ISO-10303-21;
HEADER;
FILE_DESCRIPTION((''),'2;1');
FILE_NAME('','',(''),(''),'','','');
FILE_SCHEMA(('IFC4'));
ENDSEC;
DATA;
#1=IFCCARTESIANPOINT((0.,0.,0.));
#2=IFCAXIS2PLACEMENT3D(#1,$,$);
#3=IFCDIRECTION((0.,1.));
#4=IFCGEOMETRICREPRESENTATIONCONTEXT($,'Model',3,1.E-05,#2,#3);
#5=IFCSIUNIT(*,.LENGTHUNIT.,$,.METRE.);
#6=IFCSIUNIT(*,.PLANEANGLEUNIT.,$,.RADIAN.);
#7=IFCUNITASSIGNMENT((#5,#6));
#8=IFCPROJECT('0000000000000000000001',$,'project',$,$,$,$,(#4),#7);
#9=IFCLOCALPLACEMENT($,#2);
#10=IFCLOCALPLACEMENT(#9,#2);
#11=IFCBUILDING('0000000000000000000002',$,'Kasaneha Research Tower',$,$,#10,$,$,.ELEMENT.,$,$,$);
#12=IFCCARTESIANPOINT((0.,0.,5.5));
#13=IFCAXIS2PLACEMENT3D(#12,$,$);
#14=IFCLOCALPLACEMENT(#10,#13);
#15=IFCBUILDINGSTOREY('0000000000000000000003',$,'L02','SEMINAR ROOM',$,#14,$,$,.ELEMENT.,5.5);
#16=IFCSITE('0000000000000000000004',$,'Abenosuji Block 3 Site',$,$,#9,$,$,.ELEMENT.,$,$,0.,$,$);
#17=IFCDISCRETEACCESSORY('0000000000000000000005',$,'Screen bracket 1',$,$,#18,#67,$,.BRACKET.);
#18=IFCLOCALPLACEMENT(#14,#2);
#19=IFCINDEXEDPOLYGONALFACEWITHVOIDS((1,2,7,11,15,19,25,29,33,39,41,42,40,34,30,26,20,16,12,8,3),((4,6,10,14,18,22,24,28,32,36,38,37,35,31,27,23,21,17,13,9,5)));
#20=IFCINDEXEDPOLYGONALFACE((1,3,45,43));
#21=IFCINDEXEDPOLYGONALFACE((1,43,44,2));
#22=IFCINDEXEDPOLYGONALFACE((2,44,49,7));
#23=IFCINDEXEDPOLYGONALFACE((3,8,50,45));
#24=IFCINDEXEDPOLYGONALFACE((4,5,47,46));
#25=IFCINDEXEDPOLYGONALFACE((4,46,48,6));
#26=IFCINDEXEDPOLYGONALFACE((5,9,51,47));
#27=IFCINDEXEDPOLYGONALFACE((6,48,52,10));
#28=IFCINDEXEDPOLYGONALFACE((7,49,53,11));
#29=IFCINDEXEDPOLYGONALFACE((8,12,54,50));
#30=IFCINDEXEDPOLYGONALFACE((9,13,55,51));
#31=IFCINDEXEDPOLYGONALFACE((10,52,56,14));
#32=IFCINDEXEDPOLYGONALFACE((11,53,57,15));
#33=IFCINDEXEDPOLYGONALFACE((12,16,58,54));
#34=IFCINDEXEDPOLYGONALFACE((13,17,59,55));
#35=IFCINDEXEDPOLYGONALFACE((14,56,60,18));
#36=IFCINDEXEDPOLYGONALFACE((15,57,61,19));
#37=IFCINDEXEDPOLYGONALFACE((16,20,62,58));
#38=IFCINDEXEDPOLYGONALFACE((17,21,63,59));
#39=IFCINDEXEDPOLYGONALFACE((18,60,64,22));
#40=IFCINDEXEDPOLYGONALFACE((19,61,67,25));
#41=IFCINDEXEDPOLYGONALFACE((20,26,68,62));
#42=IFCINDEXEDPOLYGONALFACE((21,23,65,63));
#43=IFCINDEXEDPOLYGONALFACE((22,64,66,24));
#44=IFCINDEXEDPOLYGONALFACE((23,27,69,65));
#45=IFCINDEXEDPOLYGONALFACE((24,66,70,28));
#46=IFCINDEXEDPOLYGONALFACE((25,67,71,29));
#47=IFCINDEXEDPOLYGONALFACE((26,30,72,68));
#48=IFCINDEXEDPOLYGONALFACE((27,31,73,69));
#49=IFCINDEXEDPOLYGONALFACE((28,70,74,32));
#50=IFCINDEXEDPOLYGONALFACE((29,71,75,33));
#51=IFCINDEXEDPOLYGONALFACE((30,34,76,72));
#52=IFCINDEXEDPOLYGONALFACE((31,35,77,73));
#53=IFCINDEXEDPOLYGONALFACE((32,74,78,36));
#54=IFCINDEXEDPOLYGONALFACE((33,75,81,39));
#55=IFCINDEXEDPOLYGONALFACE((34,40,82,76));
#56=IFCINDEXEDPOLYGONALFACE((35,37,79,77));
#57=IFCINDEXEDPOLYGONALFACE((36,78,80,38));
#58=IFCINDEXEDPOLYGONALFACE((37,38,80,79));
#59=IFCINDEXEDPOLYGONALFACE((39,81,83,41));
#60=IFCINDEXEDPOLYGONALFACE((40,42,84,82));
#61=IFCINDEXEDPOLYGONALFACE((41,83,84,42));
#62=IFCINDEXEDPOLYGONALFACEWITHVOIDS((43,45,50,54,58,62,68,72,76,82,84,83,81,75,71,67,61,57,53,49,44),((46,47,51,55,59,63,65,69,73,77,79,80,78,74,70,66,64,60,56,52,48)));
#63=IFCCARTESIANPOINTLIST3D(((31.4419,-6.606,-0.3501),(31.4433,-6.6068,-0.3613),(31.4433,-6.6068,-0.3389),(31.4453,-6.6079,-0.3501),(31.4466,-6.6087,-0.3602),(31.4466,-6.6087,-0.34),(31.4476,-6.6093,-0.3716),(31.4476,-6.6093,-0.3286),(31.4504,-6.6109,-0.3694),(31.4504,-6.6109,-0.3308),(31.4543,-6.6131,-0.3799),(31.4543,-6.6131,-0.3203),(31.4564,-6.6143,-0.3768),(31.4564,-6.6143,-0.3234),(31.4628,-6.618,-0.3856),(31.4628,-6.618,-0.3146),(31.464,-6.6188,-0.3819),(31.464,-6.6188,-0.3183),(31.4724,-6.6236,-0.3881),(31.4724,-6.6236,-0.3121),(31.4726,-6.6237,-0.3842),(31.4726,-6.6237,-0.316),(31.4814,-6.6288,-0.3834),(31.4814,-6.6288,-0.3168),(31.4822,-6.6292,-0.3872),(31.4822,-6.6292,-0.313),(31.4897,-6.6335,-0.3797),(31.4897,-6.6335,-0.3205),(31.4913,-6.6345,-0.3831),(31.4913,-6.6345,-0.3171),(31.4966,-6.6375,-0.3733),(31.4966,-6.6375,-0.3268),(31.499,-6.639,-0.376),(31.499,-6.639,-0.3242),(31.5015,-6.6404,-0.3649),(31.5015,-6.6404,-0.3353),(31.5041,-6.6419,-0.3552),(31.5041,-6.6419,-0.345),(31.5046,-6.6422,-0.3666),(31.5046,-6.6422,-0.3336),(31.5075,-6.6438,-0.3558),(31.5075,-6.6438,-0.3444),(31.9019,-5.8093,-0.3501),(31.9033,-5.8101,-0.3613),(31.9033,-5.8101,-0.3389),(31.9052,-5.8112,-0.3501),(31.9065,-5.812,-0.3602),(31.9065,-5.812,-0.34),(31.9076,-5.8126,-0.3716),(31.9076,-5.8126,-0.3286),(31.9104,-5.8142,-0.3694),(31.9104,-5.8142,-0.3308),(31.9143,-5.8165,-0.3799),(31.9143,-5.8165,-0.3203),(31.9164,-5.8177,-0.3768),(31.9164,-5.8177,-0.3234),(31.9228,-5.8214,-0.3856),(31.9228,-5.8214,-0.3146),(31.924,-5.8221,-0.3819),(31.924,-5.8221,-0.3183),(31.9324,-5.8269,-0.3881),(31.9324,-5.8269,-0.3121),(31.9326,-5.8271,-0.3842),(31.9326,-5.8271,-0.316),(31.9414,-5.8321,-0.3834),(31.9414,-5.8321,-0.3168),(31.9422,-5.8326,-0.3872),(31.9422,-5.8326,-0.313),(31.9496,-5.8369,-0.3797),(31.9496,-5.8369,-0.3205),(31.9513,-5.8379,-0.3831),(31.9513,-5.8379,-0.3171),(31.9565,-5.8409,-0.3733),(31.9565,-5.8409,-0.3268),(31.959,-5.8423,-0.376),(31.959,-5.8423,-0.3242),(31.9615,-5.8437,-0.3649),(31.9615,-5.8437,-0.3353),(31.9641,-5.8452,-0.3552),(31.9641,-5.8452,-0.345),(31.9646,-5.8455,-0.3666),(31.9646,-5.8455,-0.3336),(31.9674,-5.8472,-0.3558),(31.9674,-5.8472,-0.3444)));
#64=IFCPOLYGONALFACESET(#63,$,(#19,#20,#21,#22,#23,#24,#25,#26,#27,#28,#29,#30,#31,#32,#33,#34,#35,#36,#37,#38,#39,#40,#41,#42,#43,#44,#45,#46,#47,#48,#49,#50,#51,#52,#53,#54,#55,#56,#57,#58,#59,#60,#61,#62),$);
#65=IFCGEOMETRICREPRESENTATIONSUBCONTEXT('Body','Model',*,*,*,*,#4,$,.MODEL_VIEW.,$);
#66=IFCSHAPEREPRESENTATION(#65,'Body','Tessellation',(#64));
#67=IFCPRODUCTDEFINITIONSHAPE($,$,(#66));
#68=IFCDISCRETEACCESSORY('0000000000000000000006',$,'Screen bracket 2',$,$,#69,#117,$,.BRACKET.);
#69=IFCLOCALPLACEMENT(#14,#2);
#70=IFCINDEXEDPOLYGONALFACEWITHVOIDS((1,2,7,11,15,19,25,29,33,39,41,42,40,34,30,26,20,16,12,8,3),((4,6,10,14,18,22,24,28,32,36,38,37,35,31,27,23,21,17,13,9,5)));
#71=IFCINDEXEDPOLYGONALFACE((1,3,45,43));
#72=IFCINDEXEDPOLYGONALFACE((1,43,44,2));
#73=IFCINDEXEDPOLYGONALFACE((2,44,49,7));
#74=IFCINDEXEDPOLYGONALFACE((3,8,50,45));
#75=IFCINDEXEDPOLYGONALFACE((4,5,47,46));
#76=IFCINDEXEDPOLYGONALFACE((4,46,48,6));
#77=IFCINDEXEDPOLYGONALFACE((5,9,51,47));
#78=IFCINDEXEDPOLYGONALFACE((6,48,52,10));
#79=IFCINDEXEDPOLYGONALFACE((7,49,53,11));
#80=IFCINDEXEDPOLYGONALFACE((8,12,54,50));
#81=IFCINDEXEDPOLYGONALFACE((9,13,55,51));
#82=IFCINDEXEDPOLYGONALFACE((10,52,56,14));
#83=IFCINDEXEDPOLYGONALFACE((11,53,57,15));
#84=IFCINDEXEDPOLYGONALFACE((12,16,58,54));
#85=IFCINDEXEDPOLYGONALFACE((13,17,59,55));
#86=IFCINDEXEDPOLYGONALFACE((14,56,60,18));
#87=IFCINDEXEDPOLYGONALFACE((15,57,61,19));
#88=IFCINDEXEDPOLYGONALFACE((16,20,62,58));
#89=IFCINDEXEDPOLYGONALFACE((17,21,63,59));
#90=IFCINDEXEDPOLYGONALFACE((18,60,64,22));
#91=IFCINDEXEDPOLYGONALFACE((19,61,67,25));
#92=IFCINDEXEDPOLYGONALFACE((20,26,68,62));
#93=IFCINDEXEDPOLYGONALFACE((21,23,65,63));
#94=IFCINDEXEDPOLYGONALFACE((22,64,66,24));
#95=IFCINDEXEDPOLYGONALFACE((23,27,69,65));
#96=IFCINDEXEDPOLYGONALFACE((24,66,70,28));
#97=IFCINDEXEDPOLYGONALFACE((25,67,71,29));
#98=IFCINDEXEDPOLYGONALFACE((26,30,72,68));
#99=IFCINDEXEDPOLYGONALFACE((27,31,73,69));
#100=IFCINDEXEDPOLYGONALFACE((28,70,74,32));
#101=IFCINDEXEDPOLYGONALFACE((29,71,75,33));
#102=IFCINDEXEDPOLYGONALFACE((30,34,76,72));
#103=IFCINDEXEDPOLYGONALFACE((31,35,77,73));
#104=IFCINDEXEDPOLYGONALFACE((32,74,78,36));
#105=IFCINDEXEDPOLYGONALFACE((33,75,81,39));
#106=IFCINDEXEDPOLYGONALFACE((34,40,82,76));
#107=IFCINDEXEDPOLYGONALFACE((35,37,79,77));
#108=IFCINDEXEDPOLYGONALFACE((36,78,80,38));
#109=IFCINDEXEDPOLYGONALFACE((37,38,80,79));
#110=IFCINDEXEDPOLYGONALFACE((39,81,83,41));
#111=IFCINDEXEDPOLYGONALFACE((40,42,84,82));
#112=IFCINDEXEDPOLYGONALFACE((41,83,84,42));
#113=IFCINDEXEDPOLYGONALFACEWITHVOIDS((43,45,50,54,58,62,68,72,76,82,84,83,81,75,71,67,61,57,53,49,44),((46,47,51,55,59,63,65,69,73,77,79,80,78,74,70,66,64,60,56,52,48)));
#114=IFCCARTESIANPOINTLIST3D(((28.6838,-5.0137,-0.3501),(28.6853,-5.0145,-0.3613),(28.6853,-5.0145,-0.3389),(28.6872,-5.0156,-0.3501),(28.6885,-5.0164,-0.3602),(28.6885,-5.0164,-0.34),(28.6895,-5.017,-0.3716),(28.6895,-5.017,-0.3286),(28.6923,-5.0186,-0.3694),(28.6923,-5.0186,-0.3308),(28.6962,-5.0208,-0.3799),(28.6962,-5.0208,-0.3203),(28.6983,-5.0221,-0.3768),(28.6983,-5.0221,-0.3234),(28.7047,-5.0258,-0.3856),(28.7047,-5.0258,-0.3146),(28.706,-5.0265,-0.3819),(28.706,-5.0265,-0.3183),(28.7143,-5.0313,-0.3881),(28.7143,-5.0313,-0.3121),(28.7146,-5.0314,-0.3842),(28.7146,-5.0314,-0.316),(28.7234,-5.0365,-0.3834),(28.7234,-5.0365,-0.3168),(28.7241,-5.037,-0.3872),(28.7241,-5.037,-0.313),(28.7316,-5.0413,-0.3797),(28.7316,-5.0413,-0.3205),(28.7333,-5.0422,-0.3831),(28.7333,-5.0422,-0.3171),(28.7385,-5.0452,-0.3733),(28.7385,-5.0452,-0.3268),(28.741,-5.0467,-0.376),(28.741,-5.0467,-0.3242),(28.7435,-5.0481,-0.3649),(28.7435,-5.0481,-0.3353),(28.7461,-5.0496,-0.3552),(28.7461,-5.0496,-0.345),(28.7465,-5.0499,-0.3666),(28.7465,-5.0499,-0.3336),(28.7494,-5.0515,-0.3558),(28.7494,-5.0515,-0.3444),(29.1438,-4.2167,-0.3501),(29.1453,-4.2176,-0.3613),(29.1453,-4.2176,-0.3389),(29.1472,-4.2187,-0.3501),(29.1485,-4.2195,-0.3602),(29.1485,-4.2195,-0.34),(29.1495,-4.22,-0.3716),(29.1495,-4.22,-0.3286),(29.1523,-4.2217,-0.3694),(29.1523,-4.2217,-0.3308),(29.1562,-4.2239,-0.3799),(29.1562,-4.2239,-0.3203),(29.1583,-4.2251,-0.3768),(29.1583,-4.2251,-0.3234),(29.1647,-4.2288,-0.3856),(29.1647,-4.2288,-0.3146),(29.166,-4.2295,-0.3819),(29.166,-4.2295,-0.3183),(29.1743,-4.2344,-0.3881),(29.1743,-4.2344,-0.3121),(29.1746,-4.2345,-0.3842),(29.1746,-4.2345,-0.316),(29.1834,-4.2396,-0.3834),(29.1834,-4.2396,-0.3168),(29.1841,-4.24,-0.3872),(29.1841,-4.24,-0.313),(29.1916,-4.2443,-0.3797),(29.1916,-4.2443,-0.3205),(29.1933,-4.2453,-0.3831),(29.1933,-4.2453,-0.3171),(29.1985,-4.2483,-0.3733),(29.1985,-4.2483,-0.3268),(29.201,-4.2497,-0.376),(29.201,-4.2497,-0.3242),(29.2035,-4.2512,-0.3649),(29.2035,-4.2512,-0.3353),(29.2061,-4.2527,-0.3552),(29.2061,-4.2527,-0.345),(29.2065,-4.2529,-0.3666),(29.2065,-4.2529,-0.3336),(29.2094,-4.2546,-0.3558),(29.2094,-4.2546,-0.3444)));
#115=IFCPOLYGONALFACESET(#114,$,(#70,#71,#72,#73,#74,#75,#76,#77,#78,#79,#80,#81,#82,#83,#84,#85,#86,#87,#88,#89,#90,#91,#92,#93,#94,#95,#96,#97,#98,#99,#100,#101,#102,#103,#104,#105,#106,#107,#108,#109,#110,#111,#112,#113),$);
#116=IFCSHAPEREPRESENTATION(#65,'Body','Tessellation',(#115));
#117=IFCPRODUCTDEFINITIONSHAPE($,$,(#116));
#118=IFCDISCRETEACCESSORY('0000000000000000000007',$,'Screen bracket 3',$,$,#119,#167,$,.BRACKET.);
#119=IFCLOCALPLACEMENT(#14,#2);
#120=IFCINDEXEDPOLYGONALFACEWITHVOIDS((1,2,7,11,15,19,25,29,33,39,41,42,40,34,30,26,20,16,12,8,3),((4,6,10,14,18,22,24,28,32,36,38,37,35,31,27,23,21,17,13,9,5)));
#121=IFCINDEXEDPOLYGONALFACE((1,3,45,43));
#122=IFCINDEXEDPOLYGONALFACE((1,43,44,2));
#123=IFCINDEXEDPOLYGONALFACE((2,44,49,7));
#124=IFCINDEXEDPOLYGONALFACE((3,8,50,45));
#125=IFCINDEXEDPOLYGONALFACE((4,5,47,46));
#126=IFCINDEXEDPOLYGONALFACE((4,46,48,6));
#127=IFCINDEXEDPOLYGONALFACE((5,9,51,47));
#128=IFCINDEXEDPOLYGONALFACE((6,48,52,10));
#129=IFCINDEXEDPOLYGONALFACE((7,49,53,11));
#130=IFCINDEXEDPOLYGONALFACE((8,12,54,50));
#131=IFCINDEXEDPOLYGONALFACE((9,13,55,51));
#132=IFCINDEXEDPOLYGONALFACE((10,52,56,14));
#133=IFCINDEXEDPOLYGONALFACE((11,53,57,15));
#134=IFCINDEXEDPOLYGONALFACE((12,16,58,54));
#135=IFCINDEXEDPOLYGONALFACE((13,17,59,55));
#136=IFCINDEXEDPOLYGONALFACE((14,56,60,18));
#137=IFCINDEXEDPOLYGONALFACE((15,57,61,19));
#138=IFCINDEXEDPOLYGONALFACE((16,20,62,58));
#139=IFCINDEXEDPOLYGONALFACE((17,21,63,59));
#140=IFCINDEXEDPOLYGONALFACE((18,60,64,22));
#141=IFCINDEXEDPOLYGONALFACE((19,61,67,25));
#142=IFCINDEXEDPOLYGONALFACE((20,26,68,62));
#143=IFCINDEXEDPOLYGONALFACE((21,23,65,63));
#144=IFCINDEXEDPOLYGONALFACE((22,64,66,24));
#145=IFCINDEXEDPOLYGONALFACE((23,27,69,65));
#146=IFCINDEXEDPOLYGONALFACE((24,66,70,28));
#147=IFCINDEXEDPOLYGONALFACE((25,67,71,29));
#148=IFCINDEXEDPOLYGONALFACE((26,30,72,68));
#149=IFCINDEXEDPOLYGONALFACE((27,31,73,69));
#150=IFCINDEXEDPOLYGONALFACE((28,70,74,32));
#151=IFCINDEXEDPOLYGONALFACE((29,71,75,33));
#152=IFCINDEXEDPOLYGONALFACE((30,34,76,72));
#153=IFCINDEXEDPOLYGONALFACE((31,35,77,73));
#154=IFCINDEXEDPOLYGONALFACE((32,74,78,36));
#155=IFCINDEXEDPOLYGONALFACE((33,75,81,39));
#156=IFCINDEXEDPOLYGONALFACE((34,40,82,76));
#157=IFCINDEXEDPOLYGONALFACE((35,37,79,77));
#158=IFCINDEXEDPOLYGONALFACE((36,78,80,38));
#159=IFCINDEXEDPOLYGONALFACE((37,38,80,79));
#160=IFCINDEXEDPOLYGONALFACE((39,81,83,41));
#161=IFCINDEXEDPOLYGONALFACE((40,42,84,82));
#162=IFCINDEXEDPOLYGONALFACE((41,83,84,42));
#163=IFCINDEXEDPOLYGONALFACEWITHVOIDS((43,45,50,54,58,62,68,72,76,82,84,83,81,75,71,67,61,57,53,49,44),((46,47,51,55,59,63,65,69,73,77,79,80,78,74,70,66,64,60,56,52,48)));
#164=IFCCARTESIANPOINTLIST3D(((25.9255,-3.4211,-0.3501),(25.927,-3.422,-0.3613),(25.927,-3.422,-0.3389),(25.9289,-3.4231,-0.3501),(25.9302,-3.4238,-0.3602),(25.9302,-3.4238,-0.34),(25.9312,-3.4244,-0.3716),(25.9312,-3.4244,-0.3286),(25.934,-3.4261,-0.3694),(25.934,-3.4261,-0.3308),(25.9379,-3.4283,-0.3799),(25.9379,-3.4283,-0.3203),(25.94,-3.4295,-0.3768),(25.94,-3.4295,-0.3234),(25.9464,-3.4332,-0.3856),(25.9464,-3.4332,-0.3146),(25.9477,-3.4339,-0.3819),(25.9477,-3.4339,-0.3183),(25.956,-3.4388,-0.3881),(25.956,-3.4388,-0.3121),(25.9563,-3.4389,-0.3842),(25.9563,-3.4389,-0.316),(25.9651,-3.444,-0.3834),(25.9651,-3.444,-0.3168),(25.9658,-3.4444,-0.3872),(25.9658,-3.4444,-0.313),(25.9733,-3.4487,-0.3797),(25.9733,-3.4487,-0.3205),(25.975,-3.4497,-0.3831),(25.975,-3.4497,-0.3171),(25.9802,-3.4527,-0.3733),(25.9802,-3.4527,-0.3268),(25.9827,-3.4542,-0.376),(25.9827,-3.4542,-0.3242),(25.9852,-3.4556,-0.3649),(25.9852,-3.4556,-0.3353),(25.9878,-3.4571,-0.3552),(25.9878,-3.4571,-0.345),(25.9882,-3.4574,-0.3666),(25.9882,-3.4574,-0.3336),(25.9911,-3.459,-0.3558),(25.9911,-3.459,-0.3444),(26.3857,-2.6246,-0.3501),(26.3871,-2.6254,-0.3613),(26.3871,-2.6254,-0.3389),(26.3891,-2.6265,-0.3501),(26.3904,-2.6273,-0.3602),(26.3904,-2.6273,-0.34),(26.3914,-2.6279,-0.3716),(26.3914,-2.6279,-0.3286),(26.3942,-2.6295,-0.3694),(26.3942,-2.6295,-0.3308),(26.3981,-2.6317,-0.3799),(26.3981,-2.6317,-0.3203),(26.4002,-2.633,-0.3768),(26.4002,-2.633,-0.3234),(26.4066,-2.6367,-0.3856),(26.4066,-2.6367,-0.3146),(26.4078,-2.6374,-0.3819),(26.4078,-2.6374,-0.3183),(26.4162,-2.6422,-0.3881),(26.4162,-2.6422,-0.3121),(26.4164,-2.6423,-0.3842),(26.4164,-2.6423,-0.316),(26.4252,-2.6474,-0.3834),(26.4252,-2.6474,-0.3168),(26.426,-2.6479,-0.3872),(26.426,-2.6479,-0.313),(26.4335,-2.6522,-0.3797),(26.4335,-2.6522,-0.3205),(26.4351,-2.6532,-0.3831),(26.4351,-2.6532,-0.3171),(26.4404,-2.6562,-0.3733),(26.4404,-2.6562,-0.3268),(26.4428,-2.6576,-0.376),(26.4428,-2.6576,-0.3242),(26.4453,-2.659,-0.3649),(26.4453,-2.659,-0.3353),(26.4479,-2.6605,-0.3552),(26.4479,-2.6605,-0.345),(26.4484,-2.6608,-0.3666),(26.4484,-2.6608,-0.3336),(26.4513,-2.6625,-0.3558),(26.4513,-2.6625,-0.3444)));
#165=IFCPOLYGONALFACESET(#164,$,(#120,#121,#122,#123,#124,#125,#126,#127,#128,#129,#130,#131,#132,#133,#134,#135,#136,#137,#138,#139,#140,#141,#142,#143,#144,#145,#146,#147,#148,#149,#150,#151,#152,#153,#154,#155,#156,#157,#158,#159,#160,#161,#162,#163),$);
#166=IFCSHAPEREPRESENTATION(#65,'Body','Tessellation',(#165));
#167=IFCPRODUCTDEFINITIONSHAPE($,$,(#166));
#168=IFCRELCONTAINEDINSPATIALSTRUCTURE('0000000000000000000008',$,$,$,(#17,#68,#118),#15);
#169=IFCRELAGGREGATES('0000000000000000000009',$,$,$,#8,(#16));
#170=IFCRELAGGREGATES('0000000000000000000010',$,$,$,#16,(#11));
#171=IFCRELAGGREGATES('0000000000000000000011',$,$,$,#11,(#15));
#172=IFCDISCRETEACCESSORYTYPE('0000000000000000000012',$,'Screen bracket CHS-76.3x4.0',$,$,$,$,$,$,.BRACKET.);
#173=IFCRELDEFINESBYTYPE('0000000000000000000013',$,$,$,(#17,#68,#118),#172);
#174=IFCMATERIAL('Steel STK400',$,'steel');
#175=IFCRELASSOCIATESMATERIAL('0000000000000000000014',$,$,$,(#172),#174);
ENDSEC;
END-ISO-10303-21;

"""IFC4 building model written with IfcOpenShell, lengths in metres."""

from ifc_helpers import new_model, si_unit, direction, frame, origin, origin_2d, place, context, subcontext, project, spatial, hollow_circle, extrude, material, material_profile, profile_set, type_object, element, save


model = new_model("IFC4")

# Units and contexts
model_context = context("Model", 3, precision=1e-05, world=origin(), true_north=direction((0.0, 1.0)))
body_context = subcontext(model_context, "Body", "Model", "MODEL_VIEW")
ifc_project = project(units=[si_unit("LENGTHUNIT", "METRE"), si_unit("PLANEANGLEUNIT", "RADIAN")], contexts=[model_context])

# Site, building, storey
site_placement = place(None, origin())
site = spatial("IfcSite", under=ifc_project, at=site_placement, Name="Abenosuji Block 3 Site", CompositionType="ELEMENT", RefElevation=0.0)
building_placement = place(site_placement, origin())
building = spatial("IfcBuilding", under=site, at=building_placement, Name="Kasaneha Research Tower", CompositionType="ELEMENT")
storey_placement = place(building_placement, frame((0.0, 0.0, 5.5)))
storey = spatial("IfcBuildingStorey", under=building, at=storey_placement, Name="L02", Description="SEMINAR ROOM", CompositionType="ELEMENT", Elevation=5.5)

# Discrete accessories
ifc_material_1 = material(Name="Steel STK400", Category="steel")
ifc_material_profile_1 = material_profile(ifc_material_1, hollow_circle(Radius=0.0381, WallThickness=0.0039, at=origin_2d()), Name="CHS-76.3x4.0")
ifc_profile_set_1 = profile_set([ifc_material_profile_1], Name="Steel STK400")
discrete_accessory_type = type_object("IfcDiscreteAccessoryType", Name="Screen bracket CHS-76.3x4.0", PredefinedType="BRACKET", material=ifc_profile_set_1)
discrete_accessory_1_placement = place(storey_placement, frame((31.4749, -6.625, -0.3501), z_axis=(0.500021, 0.866013, 0.0), x_axis=(-0.866013, 0.500021, 0.0)))
element("IfcDiscreteAccessory", 1, at=discrete_accessory_1_placement, inside=storey, type_object=discrete_accessory_type, Name="Screen bracket 1", PredefinedType="BRACKET", context=body_context, shape_type="SweptSolid", body=[
    extrude(hollow_circle(Radius=0.0381, WallThickness=0.0039, at=origin_2d()), origin(), (0.0, 0.0, 1.0), 0.9199),
])
discrete_accessory_2_placement = place(storey_placement, frame((28.7168, -5.0327, -0.3501), z_axis=(0.499906, 0.86608, 0.0), x_axis=(-0.86608, 0.499906, 0.0)))
element("IfcDiscreteAccessory", 2, at=discrete_accessory_2_placement, inside=storey, type_object=discrete_accessory_type, Name="Screen bracket 2", PredefinedType="BRACKET", context=body_context, shape_type="SweptSolid", body=[
    extrude(hollow_circle(Radius=0.0381, WallThickness=0.0039, at=origin_2d()), origin(), (0.0, 0.0, 1.0), 0.9202),
])
discrete_accessory_3_placement = place(storey_placement, frame((25.9585, -3.4402, -0.3501), z_axis=(0.50022, 0.865898, 0.0), x_axis=(-0.865898, 0.50022, 0.0)))
element("IfcDiscreteAccessory", 3, at=discrete_accessory_3_placement, inside=storey, type_object=discrete_accessory_type, Name="Screen bracket 3", PredefinedType="BRACKET", context=body_context, shape_type="SweptSolid", body=[
    extrude(hollow_circle(Radius=0.0381, WallThickness=0.0039, at=origin_2d()), origin(), (0.0, 0.0, 1.0), 0.9199),
])

save(model, "model.ifc")
